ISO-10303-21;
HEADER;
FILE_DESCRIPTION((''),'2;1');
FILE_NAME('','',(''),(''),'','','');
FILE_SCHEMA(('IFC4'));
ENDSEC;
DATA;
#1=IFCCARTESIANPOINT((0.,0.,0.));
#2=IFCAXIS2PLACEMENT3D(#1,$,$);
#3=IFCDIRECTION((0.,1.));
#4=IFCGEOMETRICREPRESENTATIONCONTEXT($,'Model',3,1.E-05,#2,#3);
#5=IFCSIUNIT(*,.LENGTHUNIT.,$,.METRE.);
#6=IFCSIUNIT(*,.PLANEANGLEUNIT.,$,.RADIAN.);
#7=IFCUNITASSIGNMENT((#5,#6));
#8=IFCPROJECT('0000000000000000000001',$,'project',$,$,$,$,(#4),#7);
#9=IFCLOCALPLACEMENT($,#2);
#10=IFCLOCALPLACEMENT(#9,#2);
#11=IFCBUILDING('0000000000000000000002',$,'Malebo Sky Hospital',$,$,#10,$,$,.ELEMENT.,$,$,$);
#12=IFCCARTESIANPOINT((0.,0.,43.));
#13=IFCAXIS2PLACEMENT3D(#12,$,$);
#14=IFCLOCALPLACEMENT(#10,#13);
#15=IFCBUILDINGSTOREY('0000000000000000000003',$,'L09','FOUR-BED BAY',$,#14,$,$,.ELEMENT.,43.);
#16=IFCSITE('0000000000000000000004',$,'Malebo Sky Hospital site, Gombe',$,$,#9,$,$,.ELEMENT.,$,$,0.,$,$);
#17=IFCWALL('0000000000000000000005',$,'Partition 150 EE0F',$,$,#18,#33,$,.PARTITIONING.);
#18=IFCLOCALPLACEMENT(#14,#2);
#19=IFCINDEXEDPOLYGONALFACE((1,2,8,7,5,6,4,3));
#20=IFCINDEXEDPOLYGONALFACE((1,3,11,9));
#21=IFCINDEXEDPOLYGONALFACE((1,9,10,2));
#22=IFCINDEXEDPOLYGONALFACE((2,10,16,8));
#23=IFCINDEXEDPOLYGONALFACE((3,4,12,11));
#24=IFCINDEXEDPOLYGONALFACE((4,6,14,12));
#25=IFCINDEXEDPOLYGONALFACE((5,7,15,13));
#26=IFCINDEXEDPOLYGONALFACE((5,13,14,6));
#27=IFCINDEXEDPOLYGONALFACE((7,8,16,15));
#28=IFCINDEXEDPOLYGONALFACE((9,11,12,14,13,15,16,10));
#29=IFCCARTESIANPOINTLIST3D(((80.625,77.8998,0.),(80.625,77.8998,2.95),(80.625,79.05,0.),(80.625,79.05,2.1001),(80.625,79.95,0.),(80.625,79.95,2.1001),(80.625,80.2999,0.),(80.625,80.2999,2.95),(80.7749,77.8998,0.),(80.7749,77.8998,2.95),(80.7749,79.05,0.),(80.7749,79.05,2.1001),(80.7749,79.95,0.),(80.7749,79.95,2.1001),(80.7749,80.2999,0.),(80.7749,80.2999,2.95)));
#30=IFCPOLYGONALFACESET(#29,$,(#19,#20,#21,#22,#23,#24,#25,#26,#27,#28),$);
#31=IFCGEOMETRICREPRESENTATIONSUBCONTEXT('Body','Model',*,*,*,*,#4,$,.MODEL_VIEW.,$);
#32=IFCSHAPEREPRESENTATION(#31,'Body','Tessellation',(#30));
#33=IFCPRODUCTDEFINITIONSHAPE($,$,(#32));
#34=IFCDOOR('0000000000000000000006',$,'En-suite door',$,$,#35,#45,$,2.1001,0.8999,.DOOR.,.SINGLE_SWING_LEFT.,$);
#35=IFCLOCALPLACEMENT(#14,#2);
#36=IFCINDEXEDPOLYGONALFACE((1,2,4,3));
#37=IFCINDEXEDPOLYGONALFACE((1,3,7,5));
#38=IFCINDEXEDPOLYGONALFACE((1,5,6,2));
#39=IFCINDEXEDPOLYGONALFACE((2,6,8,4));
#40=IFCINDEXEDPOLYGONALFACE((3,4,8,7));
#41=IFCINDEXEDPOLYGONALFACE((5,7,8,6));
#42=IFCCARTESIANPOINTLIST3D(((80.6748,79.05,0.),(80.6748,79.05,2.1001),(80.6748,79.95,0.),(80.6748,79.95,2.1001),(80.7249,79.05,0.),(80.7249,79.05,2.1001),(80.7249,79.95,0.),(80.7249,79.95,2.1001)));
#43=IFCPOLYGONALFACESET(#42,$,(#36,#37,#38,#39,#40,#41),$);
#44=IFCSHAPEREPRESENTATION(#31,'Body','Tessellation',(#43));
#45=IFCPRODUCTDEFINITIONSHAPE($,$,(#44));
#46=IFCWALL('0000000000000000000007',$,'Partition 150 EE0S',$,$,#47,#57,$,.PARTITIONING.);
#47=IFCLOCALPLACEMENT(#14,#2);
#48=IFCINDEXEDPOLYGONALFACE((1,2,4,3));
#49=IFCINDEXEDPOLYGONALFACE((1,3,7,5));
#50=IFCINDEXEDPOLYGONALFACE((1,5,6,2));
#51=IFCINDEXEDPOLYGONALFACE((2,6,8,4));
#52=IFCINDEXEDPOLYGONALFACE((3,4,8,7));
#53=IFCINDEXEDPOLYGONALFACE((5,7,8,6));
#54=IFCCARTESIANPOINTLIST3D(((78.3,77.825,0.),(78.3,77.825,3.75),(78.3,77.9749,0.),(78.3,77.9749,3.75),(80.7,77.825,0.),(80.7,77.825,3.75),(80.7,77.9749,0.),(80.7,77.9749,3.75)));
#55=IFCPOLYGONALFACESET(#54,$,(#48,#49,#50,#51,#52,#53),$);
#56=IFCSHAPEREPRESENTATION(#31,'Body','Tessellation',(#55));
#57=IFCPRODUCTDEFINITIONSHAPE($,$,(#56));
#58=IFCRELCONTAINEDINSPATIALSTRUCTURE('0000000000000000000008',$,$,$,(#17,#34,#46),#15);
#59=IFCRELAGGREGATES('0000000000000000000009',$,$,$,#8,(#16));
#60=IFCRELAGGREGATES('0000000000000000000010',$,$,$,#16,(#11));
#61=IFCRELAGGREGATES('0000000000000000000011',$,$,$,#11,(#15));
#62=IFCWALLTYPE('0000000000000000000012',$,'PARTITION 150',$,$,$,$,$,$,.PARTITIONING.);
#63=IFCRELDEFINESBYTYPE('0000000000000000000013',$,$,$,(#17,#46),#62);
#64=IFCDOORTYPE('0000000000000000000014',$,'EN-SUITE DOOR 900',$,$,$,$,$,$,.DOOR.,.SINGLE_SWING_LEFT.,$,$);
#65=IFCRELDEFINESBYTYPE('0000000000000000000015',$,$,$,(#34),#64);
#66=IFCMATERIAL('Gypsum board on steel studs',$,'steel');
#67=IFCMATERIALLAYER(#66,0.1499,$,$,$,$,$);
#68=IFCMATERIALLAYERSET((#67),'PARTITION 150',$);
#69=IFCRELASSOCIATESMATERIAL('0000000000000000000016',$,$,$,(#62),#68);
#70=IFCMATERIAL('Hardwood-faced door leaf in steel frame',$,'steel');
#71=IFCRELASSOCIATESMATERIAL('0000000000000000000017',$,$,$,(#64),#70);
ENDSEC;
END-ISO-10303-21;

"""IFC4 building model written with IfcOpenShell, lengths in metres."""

from ifc_helpers import new_model, si_unit, direction, frame, frame_2d, origin, place, context, subcontext, project, spatial, rectangle, extrude, material, layer, layer_set, type_object, element, fill, save


model = new_model("IFC4")

# Units and contexts
model_context = context("Model", 3, precision=1e-05, world=origin(), true_north=direction((0.0, 1.0)))
body_context = subcontext(model_context, "Body", "Model", "MODEL_VIEW")
ifc_project = project(units=[si_unit("LENGTHUNIT", "METRE"), si_unit("PLANEANGLEUNIT", "RADIAN")], contexts=[model_context])

# Site, building, storey
site_placement = place(None, origin())
site = spatial("IfcSite", under=ifc_project, at=site_placement, Name="Malebo Sky Hospital site, Gombe", CompositionType="ELEMENT", RefElevation=0.0)
building_placement = place(site_placement, origin())
building = spatial("IfcBuilding", under=site, at=building_placement, Name="Malebo Sky Hospital", CompositionType="ELEMENT")
storey_placement = place(building_placement, frame((0.0, 0.0, 43.0)))
storey = spatial("IfcBuildingStorey", under=building, at=storey_placement, Name="L09", Description="FOUR-BED BAY", CompositionType="ELEMENT", Elevation=43.0)

# Shared definitions
ifc_material_1 = material(Name="Gypsum board on steel studs", Category="steel")
ifc_material_2 = material(Name="Hardwood-faced door leaf in steel frame", Category="steel")

# Shared definitions
ifc_layer_1 = layer(ifc_material_1, 0.1499)
ifc_layer_set_1 = layer_set([ifc_layer_1], Name="PARTITION 150")
wall_type_1 = type_object("IfcWallType", Name="PARTITION 150", PredefinedType="PARTITIONING", material=ifc_layer_set_1)

# Wall, opening, door
wall_1_placement = place(storey_placement, frame((80.7, 80.3, 0.0), z_axis=(0.0, 0.0, 1.0), x_axis=(0.0, -1.0, 0.0)))
wall_1 = element("IfcWall", 1, at=wall_1_placement, inside=storey, type_object=wall_type_1, Name="Partition 150 EE0F", PredefinedType="PARTITIONING", context=body_context, shape_type="SweptSolid", body=[
    extrude(rectangle(XDim=2.4001, YDim=0.1499, at=frame_2d((1.2002, 0.0))), origin(), (0.0, 0.0, 1.0), 2.95),
])
opening_1_placement = place(wall_1_placement, frame((0.3501, 0.0, 0.0)))
opening_1 = element("IfcOpeningElement", 2, at=opening_1_placement, cuts=wall_1, PredefinedType="OPENING", context=body_context, shape_type="SweptSolid", body=[
    extrude(rectangle(XDim=0.8999, YDim=2.1001, at=frame_2d((0.45, 1.05))), frame((0.0, 0.085, 0.0), z_axis=(0.0, -1.0, 0.0), x_axis=(1.0, 0.0, 0.0)), (0.0, 0.0, 1.0), 0.1699),
])
door_type_1 = type_object("IfcDoorType", Name="EN-SUITE DOOR 900", OperationType="SINGLE_SWING_LEFT", PredefinedType="DOOR", material=ifc_material_2)
door_1_placement = place(opening_1_placement, origin())
door_1 = element("IfcDoor", 3, at=door_1_placement, inside=storey, type_object=door_type_1, Name="En-suite door", OperationType="SINGLE_SWING_LEFT", OverallHeight=2.1001, OverallWidth=0.8999, PredefinedType="DOOR", context=body_context, shape_type="SweptSolid", body=[
    extrude(rectangle(XDim=0.8999, YDim=2.1001, at=frame_2d((0.45, 1.05))), frame((0.0, 0.0249, 0.0), z_axis=(0.0, -1.0, 0.0), x_axis=(1.0, 0.0, 0.0)), (0.0, 0.0, 1.0), 0.05),
])
fill(opening_1, door_1)

# Wall
wall_2_placement = place(storey_placement, frame((78.3, 77.8999, 0.0), z_axis=(0.0, 0.0, 1.0), x_axis=(1.0, 0.0, 0.0)))
element("IfcWall", 4, at=wall_2_placement, inside=storey, type_object=wall_type_1, Name="Partition 150 EE0S", PredefinedType="PARTITIONING", context=body_context, shape_type="SweptSolid", body=[
    extrude(rectangle(XDim=2.3999, YDim=0.1499, at=frame_2d((1.2, 0.0))), origin(), (0.0, 0.0, 1.0), 3.75),
])

save(model, "model.ifc")
